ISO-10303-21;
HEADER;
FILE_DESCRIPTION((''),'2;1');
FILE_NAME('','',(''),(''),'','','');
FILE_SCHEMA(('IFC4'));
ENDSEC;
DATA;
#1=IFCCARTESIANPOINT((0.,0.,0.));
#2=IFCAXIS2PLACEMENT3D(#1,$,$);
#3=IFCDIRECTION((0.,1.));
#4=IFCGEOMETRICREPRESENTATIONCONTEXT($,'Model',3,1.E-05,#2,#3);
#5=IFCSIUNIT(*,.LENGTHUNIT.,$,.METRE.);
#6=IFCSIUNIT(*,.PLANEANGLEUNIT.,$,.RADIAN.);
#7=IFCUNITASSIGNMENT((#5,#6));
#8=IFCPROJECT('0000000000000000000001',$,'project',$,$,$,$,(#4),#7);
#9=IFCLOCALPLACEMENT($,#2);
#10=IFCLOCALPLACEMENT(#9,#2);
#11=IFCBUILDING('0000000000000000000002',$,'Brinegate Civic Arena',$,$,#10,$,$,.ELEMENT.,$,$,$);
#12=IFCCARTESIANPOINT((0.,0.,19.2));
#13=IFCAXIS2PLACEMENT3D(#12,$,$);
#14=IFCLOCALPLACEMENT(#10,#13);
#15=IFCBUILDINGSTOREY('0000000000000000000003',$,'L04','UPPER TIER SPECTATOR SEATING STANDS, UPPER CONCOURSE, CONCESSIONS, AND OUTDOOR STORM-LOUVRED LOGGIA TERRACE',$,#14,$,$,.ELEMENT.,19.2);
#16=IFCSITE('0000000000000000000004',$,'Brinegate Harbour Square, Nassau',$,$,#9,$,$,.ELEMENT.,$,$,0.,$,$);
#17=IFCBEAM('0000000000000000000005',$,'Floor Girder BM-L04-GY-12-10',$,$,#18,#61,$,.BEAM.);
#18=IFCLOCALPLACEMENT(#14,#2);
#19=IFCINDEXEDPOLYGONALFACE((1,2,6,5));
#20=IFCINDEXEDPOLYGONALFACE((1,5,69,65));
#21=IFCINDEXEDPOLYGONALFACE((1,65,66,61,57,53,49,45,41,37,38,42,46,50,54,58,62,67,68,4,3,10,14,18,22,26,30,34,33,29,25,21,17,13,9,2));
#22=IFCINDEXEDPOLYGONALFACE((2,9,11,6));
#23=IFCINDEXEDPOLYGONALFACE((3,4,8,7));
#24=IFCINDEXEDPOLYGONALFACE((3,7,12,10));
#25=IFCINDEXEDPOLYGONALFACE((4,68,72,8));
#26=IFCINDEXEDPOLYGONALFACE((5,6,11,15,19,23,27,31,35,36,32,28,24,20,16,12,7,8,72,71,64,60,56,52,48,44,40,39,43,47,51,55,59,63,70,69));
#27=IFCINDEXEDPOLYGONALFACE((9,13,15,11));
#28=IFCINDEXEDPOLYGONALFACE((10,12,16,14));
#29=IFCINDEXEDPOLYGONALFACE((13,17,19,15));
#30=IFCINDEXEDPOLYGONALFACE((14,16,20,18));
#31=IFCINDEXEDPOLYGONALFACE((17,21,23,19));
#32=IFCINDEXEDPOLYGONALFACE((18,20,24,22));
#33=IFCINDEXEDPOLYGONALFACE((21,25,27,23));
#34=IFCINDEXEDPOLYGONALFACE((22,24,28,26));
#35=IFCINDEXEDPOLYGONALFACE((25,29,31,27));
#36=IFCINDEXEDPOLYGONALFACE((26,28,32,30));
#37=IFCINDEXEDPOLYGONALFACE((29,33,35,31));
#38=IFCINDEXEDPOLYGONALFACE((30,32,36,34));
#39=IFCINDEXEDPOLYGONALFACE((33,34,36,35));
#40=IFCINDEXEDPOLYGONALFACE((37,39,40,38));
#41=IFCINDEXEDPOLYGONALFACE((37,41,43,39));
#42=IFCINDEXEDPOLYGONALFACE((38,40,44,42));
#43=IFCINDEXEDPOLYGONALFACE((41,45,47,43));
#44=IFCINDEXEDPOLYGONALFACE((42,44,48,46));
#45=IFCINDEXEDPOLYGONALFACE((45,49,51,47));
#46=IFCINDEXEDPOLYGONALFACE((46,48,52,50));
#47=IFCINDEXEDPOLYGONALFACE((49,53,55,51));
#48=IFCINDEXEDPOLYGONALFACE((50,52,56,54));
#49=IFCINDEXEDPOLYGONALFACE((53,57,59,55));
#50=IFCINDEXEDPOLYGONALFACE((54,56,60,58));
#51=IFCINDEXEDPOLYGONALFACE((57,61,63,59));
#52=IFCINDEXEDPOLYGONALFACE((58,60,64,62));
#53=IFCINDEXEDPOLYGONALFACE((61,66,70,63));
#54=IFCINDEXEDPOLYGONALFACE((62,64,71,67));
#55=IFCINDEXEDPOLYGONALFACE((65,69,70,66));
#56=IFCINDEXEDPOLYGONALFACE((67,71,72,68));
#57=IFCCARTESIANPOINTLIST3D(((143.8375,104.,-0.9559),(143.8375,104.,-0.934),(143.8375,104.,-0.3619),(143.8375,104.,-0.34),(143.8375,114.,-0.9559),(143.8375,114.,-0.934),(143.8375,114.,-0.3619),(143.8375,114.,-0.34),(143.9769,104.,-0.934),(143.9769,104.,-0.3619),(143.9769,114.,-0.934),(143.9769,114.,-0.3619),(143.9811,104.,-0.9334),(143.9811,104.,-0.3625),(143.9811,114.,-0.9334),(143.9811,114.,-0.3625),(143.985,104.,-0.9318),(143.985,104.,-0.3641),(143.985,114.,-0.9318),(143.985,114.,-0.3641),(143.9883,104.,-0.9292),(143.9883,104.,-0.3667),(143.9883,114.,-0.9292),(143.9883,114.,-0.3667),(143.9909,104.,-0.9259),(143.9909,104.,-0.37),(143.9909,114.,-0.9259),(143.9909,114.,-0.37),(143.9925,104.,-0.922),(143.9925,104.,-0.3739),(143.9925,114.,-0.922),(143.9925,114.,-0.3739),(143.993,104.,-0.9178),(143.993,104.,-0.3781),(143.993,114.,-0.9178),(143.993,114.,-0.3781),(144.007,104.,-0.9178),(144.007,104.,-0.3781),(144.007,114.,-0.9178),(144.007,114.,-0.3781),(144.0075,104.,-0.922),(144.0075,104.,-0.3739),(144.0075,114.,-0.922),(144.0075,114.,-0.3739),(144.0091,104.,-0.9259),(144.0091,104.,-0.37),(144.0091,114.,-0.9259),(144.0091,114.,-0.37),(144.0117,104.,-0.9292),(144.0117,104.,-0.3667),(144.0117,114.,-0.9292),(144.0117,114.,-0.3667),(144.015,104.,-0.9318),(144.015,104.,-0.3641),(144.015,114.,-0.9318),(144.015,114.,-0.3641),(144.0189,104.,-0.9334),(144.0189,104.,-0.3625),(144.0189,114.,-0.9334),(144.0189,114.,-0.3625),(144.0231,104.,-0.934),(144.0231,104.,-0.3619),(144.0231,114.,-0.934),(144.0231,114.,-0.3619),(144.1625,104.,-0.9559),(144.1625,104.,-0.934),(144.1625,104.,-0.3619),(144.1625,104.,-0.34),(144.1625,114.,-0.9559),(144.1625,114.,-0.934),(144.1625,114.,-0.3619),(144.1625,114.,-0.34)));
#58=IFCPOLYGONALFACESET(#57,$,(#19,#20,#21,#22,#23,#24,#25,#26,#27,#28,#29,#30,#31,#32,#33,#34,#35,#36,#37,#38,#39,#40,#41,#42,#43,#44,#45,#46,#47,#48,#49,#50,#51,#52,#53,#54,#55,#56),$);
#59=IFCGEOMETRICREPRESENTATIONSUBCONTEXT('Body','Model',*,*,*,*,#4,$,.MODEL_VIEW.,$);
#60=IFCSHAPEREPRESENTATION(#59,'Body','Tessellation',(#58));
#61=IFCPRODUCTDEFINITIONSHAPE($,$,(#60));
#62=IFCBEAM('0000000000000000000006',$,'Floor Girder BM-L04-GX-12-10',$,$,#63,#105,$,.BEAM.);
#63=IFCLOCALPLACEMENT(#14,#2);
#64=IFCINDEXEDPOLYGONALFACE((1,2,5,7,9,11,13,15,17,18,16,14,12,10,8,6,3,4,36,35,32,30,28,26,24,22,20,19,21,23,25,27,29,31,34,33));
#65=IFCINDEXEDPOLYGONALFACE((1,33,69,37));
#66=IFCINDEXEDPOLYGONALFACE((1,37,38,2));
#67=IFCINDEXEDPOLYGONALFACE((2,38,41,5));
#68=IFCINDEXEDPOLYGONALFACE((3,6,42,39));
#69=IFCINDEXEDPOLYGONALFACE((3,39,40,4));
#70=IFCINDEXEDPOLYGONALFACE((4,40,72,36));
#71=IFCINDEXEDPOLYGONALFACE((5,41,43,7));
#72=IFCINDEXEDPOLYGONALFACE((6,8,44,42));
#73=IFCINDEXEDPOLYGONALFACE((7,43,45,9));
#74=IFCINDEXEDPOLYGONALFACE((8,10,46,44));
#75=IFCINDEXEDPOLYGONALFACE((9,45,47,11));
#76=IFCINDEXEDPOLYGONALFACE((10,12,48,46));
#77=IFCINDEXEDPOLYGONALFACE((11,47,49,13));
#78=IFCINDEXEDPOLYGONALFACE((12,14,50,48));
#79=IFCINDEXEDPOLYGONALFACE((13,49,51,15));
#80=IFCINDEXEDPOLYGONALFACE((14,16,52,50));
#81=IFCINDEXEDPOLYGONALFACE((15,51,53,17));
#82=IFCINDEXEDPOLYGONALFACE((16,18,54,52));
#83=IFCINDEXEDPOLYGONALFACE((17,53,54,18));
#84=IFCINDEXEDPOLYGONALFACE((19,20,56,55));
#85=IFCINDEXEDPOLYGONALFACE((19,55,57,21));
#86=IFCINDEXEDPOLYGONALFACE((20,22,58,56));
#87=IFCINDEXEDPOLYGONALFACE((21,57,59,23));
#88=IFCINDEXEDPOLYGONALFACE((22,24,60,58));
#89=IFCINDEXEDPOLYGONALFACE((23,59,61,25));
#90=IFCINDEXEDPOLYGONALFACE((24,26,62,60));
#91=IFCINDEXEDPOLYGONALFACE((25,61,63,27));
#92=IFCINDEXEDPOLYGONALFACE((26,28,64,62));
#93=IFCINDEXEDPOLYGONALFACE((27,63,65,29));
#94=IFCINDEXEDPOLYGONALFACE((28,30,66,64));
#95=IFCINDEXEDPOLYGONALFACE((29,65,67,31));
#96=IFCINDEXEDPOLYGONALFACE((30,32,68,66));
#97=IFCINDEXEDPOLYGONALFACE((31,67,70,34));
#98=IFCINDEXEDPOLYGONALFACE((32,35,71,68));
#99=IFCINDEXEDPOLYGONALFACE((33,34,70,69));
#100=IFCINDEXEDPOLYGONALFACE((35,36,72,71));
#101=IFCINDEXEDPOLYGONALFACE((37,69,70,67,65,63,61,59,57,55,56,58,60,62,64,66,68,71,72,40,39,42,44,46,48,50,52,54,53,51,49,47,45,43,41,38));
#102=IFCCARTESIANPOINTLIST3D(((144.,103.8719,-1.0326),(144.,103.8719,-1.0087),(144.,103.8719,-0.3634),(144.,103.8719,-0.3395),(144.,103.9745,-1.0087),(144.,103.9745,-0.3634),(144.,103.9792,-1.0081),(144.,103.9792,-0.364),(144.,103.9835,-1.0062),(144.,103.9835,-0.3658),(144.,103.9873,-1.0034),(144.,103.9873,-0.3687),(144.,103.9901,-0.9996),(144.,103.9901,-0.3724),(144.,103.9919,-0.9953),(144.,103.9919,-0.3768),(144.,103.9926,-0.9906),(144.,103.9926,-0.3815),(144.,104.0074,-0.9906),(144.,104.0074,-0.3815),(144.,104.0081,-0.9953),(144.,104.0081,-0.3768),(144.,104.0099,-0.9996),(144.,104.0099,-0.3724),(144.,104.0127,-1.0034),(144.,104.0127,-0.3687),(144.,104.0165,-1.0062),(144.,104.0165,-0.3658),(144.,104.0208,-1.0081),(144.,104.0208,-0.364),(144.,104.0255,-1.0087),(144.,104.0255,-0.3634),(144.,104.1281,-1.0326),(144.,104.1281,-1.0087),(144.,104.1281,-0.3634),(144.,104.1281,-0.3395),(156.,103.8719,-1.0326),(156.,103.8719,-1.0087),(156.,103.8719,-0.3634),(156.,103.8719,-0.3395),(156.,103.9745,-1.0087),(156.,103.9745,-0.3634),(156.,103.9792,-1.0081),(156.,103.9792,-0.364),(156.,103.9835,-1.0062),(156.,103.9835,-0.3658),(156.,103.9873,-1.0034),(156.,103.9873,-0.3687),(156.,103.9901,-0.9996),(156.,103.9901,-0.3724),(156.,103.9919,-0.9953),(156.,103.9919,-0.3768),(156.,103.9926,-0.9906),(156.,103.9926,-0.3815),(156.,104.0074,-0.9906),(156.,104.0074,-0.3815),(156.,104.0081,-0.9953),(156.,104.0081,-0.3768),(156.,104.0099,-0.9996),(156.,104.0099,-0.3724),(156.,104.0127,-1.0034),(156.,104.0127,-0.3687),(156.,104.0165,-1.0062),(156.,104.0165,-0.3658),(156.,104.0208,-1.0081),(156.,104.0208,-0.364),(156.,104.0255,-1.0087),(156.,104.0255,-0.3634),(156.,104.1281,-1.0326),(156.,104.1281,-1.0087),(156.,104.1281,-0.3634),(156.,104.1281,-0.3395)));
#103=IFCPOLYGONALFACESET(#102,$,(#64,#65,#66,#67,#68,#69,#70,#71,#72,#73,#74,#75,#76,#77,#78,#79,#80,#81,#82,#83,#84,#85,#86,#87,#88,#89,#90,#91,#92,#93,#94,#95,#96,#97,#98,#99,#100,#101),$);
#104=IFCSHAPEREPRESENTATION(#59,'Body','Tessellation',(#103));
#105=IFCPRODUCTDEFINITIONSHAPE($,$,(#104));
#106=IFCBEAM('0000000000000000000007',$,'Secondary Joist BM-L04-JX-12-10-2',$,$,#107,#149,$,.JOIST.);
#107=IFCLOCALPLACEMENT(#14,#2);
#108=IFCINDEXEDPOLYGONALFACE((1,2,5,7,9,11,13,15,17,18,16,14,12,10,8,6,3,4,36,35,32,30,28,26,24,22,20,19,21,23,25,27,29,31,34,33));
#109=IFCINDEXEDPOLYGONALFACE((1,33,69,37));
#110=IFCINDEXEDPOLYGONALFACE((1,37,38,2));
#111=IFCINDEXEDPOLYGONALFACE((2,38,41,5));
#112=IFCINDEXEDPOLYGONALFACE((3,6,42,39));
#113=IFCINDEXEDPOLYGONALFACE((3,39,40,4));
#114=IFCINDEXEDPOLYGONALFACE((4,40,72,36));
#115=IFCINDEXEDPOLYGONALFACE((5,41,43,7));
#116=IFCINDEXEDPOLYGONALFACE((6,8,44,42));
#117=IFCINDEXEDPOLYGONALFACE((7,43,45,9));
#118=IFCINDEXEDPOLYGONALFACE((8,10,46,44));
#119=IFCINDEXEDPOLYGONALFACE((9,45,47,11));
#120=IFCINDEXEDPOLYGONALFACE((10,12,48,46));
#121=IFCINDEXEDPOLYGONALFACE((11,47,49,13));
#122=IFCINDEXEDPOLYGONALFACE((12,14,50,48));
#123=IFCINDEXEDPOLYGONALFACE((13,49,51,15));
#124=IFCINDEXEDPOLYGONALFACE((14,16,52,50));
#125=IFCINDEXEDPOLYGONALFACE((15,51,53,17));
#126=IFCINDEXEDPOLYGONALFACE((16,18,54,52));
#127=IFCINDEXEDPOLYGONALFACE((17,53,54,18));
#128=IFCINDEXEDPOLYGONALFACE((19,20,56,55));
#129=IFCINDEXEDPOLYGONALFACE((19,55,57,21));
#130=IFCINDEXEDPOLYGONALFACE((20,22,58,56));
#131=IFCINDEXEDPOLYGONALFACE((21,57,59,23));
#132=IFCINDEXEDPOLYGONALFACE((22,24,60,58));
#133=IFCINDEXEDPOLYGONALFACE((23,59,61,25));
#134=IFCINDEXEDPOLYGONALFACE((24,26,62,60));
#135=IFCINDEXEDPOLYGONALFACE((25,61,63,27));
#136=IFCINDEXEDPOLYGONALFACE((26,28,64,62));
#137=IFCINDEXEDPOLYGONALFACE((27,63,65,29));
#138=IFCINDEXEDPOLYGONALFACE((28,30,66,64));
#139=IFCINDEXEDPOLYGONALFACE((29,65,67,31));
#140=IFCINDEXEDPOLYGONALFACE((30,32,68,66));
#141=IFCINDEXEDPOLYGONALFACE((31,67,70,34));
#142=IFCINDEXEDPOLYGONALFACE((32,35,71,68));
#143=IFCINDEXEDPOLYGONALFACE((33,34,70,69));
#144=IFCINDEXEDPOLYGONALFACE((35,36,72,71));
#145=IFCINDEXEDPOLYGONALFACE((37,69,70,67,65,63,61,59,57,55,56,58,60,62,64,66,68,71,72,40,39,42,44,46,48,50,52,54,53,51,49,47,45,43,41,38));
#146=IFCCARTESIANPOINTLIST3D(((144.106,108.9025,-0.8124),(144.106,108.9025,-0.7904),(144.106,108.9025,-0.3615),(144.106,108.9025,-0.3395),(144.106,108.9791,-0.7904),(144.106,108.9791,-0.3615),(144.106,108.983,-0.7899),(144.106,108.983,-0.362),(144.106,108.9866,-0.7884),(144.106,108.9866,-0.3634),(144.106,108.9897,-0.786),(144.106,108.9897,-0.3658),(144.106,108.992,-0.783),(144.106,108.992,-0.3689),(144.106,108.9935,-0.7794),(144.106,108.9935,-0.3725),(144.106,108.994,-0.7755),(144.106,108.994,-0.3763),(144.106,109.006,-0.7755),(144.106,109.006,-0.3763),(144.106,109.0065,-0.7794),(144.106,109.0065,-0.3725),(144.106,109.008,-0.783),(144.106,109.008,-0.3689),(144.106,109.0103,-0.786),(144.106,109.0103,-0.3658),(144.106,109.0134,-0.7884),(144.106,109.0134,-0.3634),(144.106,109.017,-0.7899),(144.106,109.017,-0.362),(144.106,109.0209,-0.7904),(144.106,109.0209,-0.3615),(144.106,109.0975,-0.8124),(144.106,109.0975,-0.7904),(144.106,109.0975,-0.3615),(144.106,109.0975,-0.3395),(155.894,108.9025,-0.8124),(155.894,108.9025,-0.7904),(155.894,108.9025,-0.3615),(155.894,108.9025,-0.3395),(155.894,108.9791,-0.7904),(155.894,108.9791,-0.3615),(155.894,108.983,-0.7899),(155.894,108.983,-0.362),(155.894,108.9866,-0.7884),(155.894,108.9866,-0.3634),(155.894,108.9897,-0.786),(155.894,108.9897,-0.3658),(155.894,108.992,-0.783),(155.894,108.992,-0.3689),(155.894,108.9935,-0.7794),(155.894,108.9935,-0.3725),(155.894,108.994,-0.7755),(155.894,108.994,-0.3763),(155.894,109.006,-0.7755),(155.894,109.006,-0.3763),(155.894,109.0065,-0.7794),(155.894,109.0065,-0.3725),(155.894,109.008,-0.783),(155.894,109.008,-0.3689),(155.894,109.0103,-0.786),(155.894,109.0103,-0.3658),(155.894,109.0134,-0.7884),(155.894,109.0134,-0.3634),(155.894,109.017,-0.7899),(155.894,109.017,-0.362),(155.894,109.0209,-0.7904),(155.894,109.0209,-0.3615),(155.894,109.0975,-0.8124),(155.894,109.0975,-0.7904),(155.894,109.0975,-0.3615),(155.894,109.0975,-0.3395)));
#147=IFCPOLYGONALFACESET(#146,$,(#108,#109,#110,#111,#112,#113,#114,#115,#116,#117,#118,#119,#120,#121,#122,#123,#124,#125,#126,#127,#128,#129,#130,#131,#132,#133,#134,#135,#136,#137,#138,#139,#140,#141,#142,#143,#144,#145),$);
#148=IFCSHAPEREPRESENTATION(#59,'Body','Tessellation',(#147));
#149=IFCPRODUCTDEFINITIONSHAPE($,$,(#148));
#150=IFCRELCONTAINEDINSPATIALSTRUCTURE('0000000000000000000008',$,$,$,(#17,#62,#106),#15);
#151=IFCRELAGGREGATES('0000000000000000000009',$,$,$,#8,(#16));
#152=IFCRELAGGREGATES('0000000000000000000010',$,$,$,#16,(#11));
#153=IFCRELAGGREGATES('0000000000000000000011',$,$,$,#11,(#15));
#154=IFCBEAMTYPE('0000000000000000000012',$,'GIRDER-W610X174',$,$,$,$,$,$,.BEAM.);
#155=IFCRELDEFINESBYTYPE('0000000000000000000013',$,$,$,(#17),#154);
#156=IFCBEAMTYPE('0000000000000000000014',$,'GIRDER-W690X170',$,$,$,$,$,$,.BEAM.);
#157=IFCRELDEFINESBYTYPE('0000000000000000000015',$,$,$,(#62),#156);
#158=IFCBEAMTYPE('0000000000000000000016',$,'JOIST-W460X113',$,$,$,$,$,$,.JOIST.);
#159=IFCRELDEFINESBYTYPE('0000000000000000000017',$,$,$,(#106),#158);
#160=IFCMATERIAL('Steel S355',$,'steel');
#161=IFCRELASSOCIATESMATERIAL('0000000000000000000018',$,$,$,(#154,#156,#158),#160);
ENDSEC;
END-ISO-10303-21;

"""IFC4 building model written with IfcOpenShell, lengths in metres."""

from ifc_helpers import new_model, si_unit, direction, frame, origin, origin_2d, place, context, subcontext, project, spatial, i_section, extrude, material, material_profile, profile_set, type_object, element, save


model = new_model("IFC4")

# Units and contexts
model_context = context("Model", 3, precision=1e-05, world=origin(), true_north=direction((0.0, 1.0)))
body_context = subcontext(model_context, "Body", "Model", "MODEL_VIEW")
ifc_project = project(units=[si_unit("LENGTHUNIT", "METRE"), si_unit("PLANEANGLEUNIT", "RADIAN")], contexts=[model_context])

# Site, building, storey
site_placement = place(None, origin())
site = spatial("IfcSite", under=ifc_project, at=site_placement, Name="Brinegate Harbour Square, Nassau", CompositionType="ELEMENT", RefElevation=0.0)
building_placement = place(site_placement, origin())
building = spatial("IfcBuilding", under=site, at=building_placement, Name="Brinegate Civic Arena", CompositionType="ELEMENT")
storey_placement = place(building_placement, frame((0.0, 0.0, 19.2)))
storey = spatial("IfcBuildingStorey", under=building, at=storey_placement, Name="L04", Description="UPPER TIER SPECTATOR SEATING STANDS, UPPER CONCOURSE, CONCESSIONS, AND OUTDOOR STORM-LOUVRED LOGGIA TERRACE", CompositionType="ELEMENT", Elevation=19.2)

# Beams
ifc_material_1 = material(Name="Steel S355", Category="steel")
ifc_material_profile_1 = material_profile(ifc_material_1, i_section(OverallWidth=0.325, OverallDepth=0.616, WebThickness=0.0139, FlangeThickness=0.022, FilletRadius=0.0161, at=origin_2d()), Name="W610X174")
ifc_profile_set_1 = profile_set([ifc_material_profile_1], Name="Steel S355")
beam_type_1 = type_object("IfcBeamType", Name="GIRDER-W610X174", PredefinedType="BEAM", material=ifc_profile_set_1)
beam_1_placement = place(storey_placement, frame((144.0, 104.0, -0.6479), z_axis=(0.0, 1.0, 0.0), x_axis=(-1.0, 0.0, 0.0)))
element("IfcBeam", 1, at=beam_1_placement, inside=storey, type_object=beam_type_1, Name="Floor Girder BM-L04-GY-12-10", PredefinedType="BEAM", context=body_context, shape_type="SweptSolid", body=[
    extrude(i_section(OverallWidth=0.325, OverallDepth=0.616, WebThickness=0.0139, FlangeThickness=0.022, FilletRadius=0.0161, at=origin_2d()), origin(), (0.0, 0.0, 1.0), 10.0),
])
ifc_material_profile_2 = material_profile(ifc_material_1, i_section(OverallWidth=0.2561, OverallDepth=0.6931, WebThickness=0.0149, FlangeThickness=0.0239, FilletRadius=0.0181, at=origin_2d()), Name="W690X170")
ifc_profile_set_2 = profile_set([ifc_material_profile_2], Name="Steel S355")
beam_type_2 = type_object("IfcBeamType", Name="GIRDER-W690X170", PredefinedType="BEAM", material=ifc_profile_set_2)
beam_2_placement = place(storey_placement, frame((144.0, 104.0, -0.686), z_axis=(1.0, 0.0, 0.0), x_axis=(0.0, 1.0, 0.0)))
element("IfcBeam", 2, at=beam_2_placement, inside=storey, type_object=beam_type_2, Name="Floor Girder BM-L04-GX-12-10", PredefinedType="BEAM", context=body_context, shape_type="SweptSolid", body=[
    extrude(i_section(OverallWidth=0.2561, OverallDepth=0.6931, WebThickness=0.0149, FlangeThickness=0.0239, FilletRadius=0.0181, at=origin_2d()), origin(), (0.0, 0.0, 1.0), 12.0),
])
ifc_material_profile_3 = material_profile(ifc_material_1, i_section(OverallWidth=0.1951, OverallDepth=0.4729, WebThickness=0.012, FlangeThickness=0.022, FilletRadius=0.0149, at=origin_2d()), Name="W460X113")
ifc_profile_set_3 = profile_set([ifc_material_profile_3], Name="Steel S355")
beam_type_3 = type_object("IfcBeamType", Name="JOIST-W460X113", PredefinedType="JOIST", material=ifc_profile_set_3)
beam_3_placement = place(storey_placement, frame((144.106, 109.0, -0.5759), z_axis=(1.0, 0.0, 0.0), x_axis=(0.0, 1.0, 0.0)))
element("IfcBeam", 3, at=beam_3_placement, inside=storey, type_object=beam_type_3, Name="Secondary Joist BM-L04-JX-12-10-2", PredefinedType="JOIST", context=body_context, shape_type="SweptSolid", body=[
    extrude(i_section(OverallWidth=0.1951, OverallDepth=0.4729, WebThickness=0.012, FlangeThickness=0.022, FilletRadius=0.0149, at=origin_2d()), origin(), (0.0, 0.0, 1.0), 11.7881),
])

save(model, "model.ifc")
